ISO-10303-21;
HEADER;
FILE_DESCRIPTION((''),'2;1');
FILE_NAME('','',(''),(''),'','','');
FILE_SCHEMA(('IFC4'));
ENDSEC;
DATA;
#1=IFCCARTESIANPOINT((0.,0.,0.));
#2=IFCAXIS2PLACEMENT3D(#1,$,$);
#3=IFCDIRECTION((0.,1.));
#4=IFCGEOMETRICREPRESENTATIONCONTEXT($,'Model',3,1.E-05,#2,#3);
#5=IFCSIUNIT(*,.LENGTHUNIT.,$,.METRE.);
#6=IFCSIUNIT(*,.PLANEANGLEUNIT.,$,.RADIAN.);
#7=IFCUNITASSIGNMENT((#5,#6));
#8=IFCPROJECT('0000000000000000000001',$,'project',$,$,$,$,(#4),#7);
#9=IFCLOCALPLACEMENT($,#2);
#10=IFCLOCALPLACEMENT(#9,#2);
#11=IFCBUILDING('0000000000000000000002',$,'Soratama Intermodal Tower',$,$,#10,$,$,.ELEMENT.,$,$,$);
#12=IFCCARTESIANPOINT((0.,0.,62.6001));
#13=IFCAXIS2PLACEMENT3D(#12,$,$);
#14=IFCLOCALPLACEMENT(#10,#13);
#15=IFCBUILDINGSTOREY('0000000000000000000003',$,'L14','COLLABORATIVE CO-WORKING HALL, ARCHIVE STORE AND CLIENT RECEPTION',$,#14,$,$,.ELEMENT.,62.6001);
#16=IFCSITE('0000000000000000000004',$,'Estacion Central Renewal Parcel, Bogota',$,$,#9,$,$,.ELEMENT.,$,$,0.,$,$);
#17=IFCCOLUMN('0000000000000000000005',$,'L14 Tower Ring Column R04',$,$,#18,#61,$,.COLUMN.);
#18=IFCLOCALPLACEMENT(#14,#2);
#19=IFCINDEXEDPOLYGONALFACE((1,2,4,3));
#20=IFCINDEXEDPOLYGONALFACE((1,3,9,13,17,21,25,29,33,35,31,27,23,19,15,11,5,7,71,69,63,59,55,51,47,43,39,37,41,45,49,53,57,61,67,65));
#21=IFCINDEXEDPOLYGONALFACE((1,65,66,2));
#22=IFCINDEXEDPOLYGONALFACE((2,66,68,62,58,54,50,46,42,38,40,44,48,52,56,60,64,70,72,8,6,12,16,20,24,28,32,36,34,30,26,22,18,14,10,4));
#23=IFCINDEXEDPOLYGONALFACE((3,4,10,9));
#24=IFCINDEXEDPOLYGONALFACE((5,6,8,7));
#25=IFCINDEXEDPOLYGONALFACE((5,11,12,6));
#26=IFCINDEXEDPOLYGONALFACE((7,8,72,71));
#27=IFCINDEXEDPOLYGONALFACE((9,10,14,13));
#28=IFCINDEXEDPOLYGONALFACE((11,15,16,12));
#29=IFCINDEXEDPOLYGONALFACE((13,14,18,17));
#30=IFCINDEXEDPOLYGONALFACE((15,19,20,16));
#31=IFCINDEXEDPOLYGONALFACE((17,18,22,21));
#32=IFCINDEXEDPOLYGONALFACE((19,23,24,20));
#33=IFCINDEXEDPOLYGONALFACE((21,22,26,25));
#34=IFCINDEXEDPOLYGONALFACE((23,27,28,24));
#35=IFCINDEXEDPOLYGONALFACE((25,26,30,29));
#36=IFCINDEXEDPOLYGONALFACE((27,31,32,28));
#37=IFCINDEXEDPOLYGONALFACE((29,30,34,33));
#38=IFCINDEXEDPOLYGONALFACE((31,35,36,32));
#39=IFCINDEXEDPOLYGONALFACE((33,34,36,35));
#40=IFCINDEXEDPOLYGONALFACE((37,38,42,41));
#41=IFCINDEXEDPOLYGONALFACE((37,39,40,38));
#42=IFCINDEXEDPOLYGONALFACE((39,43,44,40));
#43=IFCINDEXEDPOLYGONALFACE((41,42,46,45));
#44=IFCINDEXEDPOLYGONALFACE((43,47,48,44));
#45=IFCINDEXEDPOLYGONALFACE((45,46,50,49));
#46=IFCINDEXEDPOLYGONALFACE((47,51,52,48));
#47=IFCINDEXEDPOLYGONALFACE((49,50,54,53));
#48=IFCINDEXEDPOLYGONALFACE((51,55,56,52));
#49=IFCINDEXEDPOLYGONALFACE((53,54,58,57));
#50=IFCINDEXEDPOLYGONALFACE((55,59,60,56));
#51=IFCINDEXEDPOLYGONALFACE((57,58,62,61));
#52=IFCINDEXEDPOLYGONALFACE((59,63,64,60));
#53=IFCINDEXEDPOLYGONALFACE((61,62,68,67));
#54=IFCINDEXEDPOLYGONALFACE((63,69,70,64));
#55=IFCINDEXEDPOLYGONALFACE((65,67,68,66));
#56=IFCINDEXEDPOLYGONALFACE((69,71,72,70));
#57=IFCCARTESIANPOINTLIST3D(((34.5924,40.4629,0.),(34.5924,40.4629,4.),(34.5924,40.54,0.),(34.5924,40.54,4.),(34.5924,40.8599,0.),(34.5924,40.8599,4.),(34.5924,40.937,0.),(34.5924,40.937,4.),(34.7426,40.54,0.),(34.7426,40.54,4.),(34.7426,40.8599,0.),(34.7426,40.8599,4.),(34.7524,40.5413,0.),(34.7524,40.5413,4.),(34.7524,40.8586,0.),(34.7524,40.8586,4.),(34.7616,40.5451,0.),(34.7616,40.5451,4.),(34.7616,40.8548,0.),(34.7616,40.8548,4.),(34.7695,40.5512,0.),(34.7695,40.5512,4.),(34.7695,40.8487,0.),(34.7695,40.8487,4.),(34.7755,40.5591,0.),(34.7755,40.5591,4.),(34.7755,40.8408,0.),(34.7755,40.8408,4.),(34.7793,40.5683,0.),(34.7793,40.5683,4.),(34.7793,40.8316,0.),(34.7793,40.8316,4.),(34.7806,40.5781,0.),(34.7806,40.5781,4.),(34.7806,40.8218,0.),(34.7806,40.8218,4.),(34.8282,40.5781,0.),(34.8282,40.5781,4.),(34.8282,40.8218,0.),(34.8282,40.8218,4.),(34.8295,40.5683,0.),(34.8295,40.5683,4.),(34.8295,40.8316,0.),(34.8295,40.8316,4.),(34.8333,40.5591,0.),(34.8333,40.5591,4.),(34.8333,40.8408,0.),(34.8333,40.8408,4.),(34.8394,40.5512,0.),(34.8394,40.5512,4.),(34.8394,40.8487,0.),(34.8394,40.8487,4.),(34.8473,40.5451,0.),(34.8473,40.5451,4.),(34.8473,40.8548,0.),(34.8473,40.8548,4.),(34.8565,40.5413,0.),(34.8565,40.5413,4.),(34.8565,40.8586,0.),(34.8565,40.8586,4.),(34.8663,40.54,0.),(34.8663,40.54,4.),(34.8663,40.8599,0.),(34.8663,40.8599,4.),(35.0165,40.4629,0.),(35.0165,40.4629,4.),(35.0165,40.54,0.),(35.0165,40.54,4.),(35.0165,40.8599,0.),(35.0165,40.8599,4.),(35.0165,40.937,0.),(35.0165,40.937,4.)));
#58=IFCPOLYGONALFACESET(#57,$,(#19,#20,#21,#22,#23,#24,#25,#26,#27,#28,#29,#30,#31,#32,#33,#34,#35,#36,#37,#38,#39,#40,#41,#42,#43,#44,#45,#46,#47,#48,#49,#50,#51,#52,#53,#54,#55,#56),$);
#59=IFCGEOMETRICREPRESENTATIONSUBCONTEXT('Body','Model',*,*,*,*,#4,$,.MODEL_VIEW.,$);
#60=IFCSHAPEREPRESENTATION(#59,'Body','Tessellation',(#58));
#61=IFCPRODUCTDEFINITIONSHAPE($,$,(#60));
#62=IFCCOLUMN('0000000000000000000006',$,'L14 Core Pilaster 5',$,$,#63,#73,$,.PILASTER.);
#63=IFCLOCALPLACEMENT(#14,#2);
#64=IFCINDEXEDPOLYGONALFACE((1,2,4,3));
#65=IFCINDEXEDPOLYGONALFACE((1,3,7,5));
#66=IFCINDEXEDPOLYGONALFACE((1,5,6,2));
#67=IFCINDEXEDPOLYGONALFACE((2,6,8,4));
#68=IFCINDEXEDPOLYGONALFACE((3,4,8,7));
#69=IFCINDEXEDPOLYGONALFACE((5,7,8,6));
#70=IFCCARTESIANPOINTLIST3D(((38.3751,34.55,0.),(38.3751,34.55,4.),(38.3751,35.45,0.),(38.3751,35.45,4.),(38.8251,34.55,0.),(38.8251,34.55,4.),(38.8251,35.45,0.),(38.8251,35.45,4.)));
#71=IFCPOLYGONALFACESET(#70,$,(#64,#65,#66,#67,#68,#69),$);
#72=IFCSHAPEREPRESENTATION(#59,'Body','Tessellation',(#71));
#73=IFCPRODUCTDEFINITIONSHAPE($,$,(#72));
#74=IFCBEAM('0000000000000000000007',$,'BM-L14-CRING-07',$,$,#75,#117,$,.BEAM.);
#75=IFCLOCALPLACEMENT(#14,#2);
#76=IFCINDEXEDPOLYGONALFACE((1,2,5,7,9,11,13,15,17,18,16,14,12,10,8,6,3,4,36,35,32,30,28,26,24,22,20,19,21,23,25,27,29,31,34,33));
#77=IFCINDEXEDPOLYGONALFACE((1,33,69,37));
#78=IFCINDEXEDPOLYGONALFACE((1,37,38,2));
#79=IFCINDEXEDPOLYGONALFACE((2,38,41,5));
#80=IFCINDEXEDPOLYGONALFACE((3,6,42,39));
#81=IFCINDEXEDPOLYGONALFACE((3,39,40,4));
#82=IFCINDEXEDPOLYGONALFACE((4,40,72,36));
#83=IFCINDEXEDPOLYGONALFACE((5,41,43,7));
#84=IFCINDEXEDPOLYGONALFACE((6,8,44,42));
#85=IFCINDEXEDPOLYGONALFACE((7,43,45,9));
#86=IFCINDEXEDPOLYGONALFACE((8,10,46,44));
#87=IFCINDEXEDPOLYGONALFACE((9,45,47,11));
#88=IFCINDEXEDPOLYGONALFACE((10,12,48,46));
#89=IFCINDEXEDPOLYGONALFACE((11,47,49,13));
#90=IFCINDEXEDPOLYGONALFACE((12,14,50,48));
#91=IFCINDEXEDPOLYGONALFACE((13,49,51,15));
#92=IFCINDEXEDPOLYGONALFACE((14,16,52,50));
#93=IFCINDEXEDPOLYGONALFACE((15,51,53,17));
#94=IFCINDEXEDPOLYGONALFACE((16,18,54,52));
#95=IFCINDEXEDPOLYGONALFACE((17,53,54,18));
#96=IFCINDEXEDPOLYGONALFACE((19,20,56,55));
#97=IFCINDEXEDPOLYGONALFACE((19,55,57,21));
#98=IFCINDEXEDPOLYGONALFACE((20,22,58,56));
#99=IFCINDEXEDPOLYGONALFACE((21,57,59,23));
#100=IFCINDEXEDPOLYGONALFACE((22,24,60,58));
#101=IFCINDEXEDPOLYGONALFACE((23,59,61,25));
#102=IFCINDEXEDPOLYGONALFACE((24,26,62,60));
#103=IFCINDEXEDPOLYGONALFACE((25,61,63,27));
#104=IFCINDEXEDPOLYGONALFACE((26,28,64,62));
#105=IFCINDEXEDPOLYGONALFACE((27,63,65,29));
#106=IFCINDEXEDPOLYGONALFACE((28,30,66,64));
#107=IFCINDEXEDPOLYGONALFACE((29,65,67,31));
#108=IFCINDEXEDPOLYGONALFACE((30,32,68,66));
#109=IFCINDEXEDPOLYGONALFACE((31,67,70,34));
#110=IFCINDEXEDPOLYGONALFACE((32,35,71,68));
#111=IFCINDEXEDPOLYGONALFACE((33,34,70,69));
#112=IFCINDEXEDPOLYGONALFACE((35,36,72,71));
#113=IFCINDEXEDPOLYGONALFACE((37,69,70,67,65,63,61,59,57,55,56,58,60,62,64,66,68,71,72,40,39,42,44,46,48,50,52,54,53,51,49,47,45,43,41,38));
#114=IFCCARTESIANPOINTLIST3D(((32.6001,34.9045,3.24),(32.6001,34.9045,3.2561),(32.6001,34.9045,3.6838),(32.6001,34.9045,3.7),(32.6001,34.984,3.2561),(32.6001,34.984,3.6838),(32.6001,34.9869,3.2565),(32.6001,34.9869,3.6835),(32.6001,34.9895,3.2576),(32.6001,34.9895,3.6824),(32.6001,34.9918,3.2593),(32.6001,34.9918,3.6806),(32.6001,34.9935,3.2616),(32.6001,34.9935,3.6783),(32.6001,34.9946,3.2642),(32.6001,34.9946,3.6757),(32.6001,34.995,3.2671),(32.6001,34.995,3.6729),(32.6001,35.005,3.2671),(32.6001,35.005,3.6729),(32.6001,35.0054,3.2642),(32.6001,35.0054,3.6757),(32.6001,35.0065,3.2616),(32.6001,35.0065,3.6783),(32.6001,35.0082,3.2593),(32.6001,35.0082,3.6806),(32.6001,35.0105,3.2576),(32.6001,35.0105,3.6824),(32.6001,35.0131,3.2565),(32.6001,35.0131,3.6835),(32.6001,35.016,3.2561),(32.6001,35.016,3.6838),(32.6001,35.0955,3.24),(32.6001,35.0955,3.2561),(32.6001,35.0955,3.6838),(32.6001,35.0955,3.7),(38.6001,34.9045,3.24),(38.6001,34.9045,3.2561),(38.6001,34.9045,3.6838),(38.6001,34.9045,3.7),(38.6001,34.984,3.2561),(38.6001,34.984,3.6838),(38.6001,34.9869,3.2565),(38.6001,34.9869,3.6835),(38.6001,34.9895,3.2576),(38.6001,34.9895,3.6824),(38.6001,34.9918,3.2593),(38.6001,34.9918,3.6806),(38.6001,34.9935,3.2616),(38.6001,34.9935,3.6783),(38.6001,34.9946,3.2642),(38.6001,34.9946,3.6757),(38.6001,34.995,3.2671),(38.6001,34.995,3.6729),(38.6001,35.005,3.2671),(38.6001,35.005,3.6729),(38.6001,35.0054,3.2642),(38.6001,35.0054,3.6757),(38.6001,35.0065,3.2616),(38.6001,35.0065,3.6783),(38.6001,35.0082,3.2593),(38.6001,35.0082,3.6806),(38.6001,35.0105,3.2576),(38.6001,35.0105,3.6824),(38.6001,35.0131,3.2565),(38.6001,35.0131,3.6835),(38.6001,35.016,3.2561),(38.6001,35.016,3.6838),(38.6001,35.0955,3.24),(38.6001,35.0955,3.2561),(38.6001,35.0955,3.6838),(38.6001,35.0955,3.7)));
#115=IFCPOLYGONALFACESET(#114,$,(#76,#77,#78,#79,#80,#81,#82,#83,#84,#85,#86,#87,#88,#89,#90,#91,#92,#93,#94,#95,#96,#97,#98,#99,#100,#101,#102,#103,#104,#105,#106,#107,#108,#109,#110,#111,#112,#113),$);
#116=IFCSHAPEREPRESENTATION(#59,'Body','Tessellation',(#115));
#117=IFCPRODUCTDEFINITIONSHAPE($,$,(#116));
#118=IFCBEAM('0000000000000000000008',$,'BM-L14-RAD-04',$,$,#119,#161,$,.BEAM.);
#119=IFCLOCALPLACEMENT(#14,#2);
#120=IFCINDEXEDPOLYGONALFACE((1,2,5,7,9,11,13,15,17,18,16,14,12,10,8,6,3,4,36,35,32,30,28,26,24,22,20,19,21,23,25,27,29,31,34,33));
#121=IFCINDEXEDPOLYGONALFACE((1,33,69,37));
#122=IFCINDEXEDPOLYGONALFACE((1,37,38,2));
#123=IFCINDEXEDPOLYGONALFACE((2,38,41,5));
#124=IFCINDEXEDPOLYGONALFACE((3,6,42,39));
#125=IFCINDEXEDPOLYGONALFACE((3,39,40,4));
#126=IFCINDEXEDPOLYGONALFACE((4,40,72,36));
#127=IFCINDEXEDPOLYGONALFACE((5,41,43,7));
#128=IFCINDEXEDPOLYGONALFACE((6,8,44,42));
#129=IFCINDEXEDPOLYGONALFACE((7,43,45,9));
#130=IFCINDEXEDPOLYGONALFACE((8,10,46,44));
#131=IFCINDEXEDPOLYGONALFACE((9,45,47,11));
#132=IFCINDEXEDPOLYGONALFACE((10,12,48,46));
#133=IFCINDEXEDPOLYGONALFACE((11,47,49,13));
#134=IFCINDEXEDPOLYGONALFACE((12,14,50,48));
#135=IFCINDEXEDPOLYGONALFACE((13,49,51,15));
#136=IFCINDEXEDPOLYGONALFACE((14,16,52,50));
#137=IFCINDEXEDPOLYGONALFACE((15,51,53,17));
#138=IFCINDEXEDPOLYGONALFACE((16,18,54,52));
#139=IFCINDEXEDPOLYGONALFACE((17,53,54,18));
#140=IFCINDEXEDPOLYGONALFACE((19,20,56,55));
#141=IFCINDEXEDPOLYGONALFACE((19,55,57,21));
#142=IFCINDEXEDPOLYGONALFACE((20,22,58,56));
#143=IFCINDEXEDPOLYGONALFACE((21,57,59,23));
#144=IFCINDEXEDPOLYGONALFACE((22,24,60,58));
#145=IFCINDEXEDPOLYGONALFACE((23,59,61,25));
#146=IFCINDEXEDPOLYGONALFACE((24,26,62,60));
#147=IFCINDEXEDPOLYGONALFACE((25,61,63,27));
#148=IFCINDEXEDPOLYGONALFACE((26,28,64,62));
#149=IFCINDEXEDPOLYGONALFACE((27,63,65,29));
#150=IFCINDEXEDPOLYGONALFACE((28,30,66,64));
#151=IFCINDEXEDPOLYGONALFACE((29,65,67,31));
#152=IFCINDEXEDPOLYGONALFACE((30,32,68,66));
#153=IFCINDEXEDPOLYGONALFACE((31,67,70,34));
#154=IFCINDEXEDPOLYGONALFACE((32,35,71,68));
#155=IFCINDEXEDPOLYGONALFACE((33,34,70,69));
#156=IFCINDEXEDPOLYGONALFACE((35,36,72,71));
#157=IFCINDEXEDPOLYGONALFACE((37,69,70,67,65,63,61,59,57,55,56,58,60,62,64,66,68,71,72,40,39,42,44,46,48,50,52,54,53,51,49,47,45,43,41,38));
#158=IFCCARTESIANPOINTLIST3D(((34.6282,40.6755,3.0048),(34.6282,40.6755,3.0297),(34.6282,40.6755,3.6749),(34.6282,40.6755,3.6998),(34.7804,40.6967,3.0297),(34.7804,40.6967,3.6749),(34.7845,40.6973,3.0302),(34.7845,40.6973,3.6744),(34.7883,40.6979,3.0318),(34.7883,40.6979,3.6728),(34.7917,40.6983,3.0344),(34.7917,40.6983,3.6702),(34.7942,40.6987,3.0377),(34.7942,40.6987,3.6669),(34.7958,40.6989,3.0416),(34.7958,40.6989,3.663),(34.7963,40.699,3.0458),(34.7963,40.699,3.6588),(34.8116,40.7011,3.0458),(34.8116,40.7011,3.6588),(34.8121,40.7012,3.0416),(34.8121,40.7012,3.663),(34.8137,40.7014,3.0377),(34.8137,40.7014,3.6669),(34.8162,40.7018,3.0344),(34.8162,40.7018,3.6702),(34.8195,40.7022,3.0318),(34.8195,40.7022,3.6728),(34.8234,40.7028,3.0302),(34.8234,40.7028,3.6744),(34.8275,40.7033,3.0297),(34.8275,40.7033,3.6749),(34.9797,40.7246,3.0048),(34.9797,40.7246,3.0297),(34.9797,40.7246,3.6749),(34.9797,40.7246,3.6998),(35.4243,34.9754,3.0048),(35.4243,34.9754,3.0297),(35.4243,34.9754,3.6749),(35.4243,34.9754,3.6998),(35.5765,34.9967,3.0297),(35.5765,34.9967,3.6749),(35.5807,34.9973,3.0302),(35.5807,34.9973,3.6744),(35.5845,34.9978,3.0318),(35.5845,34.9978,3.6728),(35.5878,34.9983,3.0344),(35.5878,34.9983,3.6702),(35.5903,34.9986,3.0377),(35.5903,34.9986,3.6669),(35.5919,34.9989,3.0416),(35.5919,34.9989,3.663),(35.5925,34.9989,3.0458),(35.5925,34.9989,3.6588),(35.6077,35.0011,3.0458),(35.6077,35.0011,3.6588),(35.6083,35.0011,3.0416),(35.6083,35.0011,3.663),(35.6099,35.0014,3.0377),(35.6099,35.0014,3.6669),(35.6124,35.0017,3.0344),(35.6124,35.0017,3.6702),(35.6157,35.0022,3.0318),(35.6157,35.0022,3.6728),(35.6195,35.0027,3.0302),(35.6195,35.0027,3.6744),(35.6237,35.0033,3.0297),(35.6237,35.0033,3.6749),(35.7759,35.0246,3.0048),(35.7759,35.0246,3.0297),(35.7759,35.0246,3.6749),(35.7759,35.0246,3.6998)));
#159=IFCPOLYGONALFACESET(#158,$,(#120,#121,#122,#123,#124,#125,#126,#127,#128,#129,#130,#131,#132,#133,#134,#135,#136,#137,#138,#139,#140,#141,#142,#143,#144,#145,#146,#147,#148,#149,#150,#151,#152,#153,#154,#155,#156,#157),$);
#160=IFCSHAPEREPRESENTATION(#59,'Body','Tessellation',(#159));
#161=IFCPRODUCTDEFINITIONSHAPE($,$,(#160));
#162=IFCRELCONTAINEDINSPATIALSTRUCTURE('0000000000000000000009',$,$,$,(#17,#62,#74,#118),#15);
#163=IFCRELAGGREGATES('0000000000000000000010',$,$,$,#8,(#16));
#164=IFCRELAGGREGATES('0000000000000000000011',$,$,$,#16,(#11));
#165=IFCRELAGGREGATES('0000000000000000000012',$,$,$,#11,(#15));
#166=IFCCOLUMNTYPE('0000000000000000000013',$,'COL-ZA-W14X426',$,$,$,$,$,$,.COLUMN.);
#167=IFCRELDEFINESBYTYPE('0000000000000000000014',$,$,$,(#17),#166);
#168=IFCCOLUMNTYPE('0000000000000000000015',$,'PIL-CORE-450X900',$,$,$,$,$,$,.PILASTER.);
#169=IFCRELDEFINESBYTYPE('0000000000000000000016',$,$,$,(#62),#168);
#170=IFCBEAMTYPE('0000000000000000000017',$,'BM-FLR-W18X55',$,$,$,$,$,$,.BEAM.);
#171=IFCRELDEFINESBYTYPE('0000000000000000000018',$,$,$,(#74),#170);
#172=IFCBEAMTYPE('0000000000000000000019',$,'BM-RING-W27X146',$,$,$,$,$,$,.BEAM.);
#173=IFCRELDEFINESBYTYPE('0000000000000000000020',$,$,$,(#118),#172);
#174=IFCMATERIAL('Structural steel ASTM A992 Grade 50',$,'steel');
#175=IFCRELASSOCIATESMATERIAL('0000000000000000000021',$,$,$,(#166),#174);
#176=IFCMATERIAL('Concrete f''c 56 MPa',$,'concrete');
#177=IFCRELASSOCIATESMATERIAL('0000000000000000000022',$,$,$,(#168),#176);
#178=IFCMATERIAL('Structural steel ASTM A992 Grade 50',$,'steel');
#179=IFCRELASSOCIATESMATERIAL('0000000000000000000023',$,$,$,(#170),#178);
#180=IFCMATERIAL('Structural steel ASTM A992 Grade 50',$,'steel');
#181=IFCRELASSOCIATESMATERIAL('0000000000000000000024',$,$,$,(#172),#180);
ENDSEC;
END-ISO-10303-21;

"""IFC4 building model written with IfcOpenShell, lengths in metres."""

from ifc_helpers import new_model, si_unit, direction, frame, origin, origin_2d, place, context, subcontext, project, spatial, rectangle, i_section, extrude, material, material_profile, profile_set, type_object, element, save


model = new_model("IFC4")

# Units and contexts
model_context = context("Model", 3, precision=1e-05, world=origin(), true_north=direction((0.0, 1.0)))
body_context = subcontext(model_context, "Body", "Model", "MODEL_VIEW")
ifc_project = project(units=[si_unit("LENGTHUNIT", "METRE"), si_unit("PLANEANGLEUNIT", "RADIAN")], contexts=[model_context])

# Site, building, storey
site_placement = place(None, origin())
site = spatial("IfcSite", under=ifc_project, at=site_placement, Name="Estacion Central Renewal Parcel, Bogota", CompositionType="ELEMENT", RefElevation=0.0)
building_placement = place(site_placement, origin())
building = spatial("IfcBuilding", under=site, at=building_placement, Name="Soratama Intermodal Tower", CompositionType="ELEMENT")
storey_placement = place(building_placement, frame((0.0, 0.0, 62.6001)))
storey = spatial("IfcBuildingStorey", under=building, at=storey_placement, Name="L14", Description="COLLABORATIVE CO-WORKING HALL, ARCHIVE STORE AND CLIENT RECEPTION", CompositionType="ELEMENT", Elevation=62.6001)

# Columns
ifc_material_1 = material(Name="Structural steel ASTM A992 Grade 50", Category="steel")
ifc_material_profile_1 = material_profile(ifc_material_1, i_section(OverallWidth=0.4241, OverallDepth=0.4741, WebThickness=0.0476, FlangeThickness=0.0771, FilletRadius=0.0381, at=origin_2d()), Name="W14X426")
ifc_profile_set_1 = profile_set([ifc_material_profile_1], Name="Structural steel ASTM A992 Grade 50")
column_type_1 = type_object("IfcColumnType", Name="COL-ZA-W14X426", PredefinedType="COLUMN", material=ifc_profile_set_1)
column_1_placement = place(storey_placement, frame((34.8044, 40.7, 0.0), z_axis=(0.0, 0.0, 1.0), x_axis=(1.0, 0.0, 0.0)))
element("IfcColumn", 1, at=column_1_placement, inside=storey, type_object=column_type_1, Name="L14 Tower Ring Column R04", PredefinedType="COLUMN", context=body_context, shape_type="SweptSolid", body=[
    extrude(i_section(OverallWidth=0.4241, OverallDepth=0.4741, WebThickness=0.0476, FlangeThickness=0.0771, FilletRadius=0.0381, at=origin_2d()), origin(), (0.0, 0.0, 1.0), 4.0),
])
ifc_material_2 = material(Name="Concrete f'c 56 MPa", Category="concrete")
ifc_material_profile_2 = material_profile(ifc_material_2, rectangle(XDim=0.45, YDim=0.8999, at=origin_2d()), Name="RC450X900")
ifc_profile_set_2 = profile_set([ifc_material_profile_2], Name="Concrete f'c 56 MPa")
column_type_2 = type_object("IfcColumnType", Name="PIL-CORE-450X900", PredefinedType="PILASTER", material=ifc_profile_set_2)
column_2_placement = place(storey_placement, frame((38.6001, 35.0, 0.0), z_axis=(0.0, 0.0, 1.0), x_axis=(1.0, 0.0, 0.0)))
element("IfcColumn", 2, at=column_2_placement, inside=storey, type_object=column_type_2, Name="L14 Core Pilaster 5", PredefinedType="PILASTER", context=body_context, shape_type="SweptSolid", body=[
    extrude(rectangle(XDim=0.45, YDim=0.8999, at=origin_2d()), origin(), (0.0, 0.0, 1.0), 4.0),
])

# Beams
ifc_material_3 = material(Name="Structural steel ASTM A992 Grade 50", Category="steel")
ifc_material_profile_3 = material_profile(ifc_material_3, i_section(OverallWidth=0.1909, OverallDepth=0.46, WebThickness=0.01, FlangeThickness=0.0161, FilletRadius=0.011, at=origin_2d()), Name="W18X55")
ifc_profile_set_3 = profile_set([ifc_material_profile_3], Name="Structural steel ASTM A992 Grade 50")
beam_type_1 = type_object("IfcBeamType", Name="BM-FLR-W18X55", PredefinedType="BEAM", material=ifc_profile_set_3)
beam_1_placement = place(storey_placement, frame((38.6001, 35.0, 3.47), z_axis=(-1.0, 0.0, 0.0), x_axis=(0.0, -1.0, 0.0)))
element("IfcBeam", 3, at=beam_1_placement, inside=storey, type_object=beam_type_1, Name="BM-L14-CRING-07", PredefinedType="BEAM", context=body_context, shape_type="SweptSolid", body=[
    extrude(i_section(OverallWidth=0.1909, OverallDepth=0.46, WebThickness=0.01, FlangeThickness=0.0161, FilletRadius=0.011, at=origin_2d()), origin(), (0.0, 0.0, 1.0), 6.0),
])
ifc_material_4 = material(Name="Structural steel ASTM A992 Grade 50", Category="steel")
ifc_material_profile_4 = material_profile(ifc_material_4, i_section(OverallWidth=0.355, OverallDepth=0.6951, WebThickness=0.0154, FlangeThickness=0.0249, FilletRadius=0.0161, at=origin_2d()), Name="W27X146")
ifc_profile_set_4 = profile_set([ifc_material_profile_4], Name="Structural steel ASTM A992 Grade 50")
beam_type_2 = type_object("IfcBeamType", Name="BM-RING-W27X146", PredefinedType="BEAM", material=ifc_profile_set_4)
beam_2_placement = place(storey_placement, frame((35.6001, 35.0, 3.3523), z_axis=(-0.138332, 0.990386, 0.0), x_axis=(-0.990386, -0.138332, 0.0)))
element("IfcBeam", 4, at=beam_2_placement, inside=storey, type_object=beam_type_2, Name="BM-L14-RAD-04", PredefinedType="BEAM", context=body_context, shape_type="SweptSolid", body=[
    extrude(i_section(OverallWidth=0.355, OverallDepth=0.6951, WebThickness=0.0154, FlangeThickness=0.0249, FilletRadius=0.0161, at=origin_2d()), origin(), (0.0, 0.0, 1.0), 5.7554),
])

save(model, "model.ifc")
